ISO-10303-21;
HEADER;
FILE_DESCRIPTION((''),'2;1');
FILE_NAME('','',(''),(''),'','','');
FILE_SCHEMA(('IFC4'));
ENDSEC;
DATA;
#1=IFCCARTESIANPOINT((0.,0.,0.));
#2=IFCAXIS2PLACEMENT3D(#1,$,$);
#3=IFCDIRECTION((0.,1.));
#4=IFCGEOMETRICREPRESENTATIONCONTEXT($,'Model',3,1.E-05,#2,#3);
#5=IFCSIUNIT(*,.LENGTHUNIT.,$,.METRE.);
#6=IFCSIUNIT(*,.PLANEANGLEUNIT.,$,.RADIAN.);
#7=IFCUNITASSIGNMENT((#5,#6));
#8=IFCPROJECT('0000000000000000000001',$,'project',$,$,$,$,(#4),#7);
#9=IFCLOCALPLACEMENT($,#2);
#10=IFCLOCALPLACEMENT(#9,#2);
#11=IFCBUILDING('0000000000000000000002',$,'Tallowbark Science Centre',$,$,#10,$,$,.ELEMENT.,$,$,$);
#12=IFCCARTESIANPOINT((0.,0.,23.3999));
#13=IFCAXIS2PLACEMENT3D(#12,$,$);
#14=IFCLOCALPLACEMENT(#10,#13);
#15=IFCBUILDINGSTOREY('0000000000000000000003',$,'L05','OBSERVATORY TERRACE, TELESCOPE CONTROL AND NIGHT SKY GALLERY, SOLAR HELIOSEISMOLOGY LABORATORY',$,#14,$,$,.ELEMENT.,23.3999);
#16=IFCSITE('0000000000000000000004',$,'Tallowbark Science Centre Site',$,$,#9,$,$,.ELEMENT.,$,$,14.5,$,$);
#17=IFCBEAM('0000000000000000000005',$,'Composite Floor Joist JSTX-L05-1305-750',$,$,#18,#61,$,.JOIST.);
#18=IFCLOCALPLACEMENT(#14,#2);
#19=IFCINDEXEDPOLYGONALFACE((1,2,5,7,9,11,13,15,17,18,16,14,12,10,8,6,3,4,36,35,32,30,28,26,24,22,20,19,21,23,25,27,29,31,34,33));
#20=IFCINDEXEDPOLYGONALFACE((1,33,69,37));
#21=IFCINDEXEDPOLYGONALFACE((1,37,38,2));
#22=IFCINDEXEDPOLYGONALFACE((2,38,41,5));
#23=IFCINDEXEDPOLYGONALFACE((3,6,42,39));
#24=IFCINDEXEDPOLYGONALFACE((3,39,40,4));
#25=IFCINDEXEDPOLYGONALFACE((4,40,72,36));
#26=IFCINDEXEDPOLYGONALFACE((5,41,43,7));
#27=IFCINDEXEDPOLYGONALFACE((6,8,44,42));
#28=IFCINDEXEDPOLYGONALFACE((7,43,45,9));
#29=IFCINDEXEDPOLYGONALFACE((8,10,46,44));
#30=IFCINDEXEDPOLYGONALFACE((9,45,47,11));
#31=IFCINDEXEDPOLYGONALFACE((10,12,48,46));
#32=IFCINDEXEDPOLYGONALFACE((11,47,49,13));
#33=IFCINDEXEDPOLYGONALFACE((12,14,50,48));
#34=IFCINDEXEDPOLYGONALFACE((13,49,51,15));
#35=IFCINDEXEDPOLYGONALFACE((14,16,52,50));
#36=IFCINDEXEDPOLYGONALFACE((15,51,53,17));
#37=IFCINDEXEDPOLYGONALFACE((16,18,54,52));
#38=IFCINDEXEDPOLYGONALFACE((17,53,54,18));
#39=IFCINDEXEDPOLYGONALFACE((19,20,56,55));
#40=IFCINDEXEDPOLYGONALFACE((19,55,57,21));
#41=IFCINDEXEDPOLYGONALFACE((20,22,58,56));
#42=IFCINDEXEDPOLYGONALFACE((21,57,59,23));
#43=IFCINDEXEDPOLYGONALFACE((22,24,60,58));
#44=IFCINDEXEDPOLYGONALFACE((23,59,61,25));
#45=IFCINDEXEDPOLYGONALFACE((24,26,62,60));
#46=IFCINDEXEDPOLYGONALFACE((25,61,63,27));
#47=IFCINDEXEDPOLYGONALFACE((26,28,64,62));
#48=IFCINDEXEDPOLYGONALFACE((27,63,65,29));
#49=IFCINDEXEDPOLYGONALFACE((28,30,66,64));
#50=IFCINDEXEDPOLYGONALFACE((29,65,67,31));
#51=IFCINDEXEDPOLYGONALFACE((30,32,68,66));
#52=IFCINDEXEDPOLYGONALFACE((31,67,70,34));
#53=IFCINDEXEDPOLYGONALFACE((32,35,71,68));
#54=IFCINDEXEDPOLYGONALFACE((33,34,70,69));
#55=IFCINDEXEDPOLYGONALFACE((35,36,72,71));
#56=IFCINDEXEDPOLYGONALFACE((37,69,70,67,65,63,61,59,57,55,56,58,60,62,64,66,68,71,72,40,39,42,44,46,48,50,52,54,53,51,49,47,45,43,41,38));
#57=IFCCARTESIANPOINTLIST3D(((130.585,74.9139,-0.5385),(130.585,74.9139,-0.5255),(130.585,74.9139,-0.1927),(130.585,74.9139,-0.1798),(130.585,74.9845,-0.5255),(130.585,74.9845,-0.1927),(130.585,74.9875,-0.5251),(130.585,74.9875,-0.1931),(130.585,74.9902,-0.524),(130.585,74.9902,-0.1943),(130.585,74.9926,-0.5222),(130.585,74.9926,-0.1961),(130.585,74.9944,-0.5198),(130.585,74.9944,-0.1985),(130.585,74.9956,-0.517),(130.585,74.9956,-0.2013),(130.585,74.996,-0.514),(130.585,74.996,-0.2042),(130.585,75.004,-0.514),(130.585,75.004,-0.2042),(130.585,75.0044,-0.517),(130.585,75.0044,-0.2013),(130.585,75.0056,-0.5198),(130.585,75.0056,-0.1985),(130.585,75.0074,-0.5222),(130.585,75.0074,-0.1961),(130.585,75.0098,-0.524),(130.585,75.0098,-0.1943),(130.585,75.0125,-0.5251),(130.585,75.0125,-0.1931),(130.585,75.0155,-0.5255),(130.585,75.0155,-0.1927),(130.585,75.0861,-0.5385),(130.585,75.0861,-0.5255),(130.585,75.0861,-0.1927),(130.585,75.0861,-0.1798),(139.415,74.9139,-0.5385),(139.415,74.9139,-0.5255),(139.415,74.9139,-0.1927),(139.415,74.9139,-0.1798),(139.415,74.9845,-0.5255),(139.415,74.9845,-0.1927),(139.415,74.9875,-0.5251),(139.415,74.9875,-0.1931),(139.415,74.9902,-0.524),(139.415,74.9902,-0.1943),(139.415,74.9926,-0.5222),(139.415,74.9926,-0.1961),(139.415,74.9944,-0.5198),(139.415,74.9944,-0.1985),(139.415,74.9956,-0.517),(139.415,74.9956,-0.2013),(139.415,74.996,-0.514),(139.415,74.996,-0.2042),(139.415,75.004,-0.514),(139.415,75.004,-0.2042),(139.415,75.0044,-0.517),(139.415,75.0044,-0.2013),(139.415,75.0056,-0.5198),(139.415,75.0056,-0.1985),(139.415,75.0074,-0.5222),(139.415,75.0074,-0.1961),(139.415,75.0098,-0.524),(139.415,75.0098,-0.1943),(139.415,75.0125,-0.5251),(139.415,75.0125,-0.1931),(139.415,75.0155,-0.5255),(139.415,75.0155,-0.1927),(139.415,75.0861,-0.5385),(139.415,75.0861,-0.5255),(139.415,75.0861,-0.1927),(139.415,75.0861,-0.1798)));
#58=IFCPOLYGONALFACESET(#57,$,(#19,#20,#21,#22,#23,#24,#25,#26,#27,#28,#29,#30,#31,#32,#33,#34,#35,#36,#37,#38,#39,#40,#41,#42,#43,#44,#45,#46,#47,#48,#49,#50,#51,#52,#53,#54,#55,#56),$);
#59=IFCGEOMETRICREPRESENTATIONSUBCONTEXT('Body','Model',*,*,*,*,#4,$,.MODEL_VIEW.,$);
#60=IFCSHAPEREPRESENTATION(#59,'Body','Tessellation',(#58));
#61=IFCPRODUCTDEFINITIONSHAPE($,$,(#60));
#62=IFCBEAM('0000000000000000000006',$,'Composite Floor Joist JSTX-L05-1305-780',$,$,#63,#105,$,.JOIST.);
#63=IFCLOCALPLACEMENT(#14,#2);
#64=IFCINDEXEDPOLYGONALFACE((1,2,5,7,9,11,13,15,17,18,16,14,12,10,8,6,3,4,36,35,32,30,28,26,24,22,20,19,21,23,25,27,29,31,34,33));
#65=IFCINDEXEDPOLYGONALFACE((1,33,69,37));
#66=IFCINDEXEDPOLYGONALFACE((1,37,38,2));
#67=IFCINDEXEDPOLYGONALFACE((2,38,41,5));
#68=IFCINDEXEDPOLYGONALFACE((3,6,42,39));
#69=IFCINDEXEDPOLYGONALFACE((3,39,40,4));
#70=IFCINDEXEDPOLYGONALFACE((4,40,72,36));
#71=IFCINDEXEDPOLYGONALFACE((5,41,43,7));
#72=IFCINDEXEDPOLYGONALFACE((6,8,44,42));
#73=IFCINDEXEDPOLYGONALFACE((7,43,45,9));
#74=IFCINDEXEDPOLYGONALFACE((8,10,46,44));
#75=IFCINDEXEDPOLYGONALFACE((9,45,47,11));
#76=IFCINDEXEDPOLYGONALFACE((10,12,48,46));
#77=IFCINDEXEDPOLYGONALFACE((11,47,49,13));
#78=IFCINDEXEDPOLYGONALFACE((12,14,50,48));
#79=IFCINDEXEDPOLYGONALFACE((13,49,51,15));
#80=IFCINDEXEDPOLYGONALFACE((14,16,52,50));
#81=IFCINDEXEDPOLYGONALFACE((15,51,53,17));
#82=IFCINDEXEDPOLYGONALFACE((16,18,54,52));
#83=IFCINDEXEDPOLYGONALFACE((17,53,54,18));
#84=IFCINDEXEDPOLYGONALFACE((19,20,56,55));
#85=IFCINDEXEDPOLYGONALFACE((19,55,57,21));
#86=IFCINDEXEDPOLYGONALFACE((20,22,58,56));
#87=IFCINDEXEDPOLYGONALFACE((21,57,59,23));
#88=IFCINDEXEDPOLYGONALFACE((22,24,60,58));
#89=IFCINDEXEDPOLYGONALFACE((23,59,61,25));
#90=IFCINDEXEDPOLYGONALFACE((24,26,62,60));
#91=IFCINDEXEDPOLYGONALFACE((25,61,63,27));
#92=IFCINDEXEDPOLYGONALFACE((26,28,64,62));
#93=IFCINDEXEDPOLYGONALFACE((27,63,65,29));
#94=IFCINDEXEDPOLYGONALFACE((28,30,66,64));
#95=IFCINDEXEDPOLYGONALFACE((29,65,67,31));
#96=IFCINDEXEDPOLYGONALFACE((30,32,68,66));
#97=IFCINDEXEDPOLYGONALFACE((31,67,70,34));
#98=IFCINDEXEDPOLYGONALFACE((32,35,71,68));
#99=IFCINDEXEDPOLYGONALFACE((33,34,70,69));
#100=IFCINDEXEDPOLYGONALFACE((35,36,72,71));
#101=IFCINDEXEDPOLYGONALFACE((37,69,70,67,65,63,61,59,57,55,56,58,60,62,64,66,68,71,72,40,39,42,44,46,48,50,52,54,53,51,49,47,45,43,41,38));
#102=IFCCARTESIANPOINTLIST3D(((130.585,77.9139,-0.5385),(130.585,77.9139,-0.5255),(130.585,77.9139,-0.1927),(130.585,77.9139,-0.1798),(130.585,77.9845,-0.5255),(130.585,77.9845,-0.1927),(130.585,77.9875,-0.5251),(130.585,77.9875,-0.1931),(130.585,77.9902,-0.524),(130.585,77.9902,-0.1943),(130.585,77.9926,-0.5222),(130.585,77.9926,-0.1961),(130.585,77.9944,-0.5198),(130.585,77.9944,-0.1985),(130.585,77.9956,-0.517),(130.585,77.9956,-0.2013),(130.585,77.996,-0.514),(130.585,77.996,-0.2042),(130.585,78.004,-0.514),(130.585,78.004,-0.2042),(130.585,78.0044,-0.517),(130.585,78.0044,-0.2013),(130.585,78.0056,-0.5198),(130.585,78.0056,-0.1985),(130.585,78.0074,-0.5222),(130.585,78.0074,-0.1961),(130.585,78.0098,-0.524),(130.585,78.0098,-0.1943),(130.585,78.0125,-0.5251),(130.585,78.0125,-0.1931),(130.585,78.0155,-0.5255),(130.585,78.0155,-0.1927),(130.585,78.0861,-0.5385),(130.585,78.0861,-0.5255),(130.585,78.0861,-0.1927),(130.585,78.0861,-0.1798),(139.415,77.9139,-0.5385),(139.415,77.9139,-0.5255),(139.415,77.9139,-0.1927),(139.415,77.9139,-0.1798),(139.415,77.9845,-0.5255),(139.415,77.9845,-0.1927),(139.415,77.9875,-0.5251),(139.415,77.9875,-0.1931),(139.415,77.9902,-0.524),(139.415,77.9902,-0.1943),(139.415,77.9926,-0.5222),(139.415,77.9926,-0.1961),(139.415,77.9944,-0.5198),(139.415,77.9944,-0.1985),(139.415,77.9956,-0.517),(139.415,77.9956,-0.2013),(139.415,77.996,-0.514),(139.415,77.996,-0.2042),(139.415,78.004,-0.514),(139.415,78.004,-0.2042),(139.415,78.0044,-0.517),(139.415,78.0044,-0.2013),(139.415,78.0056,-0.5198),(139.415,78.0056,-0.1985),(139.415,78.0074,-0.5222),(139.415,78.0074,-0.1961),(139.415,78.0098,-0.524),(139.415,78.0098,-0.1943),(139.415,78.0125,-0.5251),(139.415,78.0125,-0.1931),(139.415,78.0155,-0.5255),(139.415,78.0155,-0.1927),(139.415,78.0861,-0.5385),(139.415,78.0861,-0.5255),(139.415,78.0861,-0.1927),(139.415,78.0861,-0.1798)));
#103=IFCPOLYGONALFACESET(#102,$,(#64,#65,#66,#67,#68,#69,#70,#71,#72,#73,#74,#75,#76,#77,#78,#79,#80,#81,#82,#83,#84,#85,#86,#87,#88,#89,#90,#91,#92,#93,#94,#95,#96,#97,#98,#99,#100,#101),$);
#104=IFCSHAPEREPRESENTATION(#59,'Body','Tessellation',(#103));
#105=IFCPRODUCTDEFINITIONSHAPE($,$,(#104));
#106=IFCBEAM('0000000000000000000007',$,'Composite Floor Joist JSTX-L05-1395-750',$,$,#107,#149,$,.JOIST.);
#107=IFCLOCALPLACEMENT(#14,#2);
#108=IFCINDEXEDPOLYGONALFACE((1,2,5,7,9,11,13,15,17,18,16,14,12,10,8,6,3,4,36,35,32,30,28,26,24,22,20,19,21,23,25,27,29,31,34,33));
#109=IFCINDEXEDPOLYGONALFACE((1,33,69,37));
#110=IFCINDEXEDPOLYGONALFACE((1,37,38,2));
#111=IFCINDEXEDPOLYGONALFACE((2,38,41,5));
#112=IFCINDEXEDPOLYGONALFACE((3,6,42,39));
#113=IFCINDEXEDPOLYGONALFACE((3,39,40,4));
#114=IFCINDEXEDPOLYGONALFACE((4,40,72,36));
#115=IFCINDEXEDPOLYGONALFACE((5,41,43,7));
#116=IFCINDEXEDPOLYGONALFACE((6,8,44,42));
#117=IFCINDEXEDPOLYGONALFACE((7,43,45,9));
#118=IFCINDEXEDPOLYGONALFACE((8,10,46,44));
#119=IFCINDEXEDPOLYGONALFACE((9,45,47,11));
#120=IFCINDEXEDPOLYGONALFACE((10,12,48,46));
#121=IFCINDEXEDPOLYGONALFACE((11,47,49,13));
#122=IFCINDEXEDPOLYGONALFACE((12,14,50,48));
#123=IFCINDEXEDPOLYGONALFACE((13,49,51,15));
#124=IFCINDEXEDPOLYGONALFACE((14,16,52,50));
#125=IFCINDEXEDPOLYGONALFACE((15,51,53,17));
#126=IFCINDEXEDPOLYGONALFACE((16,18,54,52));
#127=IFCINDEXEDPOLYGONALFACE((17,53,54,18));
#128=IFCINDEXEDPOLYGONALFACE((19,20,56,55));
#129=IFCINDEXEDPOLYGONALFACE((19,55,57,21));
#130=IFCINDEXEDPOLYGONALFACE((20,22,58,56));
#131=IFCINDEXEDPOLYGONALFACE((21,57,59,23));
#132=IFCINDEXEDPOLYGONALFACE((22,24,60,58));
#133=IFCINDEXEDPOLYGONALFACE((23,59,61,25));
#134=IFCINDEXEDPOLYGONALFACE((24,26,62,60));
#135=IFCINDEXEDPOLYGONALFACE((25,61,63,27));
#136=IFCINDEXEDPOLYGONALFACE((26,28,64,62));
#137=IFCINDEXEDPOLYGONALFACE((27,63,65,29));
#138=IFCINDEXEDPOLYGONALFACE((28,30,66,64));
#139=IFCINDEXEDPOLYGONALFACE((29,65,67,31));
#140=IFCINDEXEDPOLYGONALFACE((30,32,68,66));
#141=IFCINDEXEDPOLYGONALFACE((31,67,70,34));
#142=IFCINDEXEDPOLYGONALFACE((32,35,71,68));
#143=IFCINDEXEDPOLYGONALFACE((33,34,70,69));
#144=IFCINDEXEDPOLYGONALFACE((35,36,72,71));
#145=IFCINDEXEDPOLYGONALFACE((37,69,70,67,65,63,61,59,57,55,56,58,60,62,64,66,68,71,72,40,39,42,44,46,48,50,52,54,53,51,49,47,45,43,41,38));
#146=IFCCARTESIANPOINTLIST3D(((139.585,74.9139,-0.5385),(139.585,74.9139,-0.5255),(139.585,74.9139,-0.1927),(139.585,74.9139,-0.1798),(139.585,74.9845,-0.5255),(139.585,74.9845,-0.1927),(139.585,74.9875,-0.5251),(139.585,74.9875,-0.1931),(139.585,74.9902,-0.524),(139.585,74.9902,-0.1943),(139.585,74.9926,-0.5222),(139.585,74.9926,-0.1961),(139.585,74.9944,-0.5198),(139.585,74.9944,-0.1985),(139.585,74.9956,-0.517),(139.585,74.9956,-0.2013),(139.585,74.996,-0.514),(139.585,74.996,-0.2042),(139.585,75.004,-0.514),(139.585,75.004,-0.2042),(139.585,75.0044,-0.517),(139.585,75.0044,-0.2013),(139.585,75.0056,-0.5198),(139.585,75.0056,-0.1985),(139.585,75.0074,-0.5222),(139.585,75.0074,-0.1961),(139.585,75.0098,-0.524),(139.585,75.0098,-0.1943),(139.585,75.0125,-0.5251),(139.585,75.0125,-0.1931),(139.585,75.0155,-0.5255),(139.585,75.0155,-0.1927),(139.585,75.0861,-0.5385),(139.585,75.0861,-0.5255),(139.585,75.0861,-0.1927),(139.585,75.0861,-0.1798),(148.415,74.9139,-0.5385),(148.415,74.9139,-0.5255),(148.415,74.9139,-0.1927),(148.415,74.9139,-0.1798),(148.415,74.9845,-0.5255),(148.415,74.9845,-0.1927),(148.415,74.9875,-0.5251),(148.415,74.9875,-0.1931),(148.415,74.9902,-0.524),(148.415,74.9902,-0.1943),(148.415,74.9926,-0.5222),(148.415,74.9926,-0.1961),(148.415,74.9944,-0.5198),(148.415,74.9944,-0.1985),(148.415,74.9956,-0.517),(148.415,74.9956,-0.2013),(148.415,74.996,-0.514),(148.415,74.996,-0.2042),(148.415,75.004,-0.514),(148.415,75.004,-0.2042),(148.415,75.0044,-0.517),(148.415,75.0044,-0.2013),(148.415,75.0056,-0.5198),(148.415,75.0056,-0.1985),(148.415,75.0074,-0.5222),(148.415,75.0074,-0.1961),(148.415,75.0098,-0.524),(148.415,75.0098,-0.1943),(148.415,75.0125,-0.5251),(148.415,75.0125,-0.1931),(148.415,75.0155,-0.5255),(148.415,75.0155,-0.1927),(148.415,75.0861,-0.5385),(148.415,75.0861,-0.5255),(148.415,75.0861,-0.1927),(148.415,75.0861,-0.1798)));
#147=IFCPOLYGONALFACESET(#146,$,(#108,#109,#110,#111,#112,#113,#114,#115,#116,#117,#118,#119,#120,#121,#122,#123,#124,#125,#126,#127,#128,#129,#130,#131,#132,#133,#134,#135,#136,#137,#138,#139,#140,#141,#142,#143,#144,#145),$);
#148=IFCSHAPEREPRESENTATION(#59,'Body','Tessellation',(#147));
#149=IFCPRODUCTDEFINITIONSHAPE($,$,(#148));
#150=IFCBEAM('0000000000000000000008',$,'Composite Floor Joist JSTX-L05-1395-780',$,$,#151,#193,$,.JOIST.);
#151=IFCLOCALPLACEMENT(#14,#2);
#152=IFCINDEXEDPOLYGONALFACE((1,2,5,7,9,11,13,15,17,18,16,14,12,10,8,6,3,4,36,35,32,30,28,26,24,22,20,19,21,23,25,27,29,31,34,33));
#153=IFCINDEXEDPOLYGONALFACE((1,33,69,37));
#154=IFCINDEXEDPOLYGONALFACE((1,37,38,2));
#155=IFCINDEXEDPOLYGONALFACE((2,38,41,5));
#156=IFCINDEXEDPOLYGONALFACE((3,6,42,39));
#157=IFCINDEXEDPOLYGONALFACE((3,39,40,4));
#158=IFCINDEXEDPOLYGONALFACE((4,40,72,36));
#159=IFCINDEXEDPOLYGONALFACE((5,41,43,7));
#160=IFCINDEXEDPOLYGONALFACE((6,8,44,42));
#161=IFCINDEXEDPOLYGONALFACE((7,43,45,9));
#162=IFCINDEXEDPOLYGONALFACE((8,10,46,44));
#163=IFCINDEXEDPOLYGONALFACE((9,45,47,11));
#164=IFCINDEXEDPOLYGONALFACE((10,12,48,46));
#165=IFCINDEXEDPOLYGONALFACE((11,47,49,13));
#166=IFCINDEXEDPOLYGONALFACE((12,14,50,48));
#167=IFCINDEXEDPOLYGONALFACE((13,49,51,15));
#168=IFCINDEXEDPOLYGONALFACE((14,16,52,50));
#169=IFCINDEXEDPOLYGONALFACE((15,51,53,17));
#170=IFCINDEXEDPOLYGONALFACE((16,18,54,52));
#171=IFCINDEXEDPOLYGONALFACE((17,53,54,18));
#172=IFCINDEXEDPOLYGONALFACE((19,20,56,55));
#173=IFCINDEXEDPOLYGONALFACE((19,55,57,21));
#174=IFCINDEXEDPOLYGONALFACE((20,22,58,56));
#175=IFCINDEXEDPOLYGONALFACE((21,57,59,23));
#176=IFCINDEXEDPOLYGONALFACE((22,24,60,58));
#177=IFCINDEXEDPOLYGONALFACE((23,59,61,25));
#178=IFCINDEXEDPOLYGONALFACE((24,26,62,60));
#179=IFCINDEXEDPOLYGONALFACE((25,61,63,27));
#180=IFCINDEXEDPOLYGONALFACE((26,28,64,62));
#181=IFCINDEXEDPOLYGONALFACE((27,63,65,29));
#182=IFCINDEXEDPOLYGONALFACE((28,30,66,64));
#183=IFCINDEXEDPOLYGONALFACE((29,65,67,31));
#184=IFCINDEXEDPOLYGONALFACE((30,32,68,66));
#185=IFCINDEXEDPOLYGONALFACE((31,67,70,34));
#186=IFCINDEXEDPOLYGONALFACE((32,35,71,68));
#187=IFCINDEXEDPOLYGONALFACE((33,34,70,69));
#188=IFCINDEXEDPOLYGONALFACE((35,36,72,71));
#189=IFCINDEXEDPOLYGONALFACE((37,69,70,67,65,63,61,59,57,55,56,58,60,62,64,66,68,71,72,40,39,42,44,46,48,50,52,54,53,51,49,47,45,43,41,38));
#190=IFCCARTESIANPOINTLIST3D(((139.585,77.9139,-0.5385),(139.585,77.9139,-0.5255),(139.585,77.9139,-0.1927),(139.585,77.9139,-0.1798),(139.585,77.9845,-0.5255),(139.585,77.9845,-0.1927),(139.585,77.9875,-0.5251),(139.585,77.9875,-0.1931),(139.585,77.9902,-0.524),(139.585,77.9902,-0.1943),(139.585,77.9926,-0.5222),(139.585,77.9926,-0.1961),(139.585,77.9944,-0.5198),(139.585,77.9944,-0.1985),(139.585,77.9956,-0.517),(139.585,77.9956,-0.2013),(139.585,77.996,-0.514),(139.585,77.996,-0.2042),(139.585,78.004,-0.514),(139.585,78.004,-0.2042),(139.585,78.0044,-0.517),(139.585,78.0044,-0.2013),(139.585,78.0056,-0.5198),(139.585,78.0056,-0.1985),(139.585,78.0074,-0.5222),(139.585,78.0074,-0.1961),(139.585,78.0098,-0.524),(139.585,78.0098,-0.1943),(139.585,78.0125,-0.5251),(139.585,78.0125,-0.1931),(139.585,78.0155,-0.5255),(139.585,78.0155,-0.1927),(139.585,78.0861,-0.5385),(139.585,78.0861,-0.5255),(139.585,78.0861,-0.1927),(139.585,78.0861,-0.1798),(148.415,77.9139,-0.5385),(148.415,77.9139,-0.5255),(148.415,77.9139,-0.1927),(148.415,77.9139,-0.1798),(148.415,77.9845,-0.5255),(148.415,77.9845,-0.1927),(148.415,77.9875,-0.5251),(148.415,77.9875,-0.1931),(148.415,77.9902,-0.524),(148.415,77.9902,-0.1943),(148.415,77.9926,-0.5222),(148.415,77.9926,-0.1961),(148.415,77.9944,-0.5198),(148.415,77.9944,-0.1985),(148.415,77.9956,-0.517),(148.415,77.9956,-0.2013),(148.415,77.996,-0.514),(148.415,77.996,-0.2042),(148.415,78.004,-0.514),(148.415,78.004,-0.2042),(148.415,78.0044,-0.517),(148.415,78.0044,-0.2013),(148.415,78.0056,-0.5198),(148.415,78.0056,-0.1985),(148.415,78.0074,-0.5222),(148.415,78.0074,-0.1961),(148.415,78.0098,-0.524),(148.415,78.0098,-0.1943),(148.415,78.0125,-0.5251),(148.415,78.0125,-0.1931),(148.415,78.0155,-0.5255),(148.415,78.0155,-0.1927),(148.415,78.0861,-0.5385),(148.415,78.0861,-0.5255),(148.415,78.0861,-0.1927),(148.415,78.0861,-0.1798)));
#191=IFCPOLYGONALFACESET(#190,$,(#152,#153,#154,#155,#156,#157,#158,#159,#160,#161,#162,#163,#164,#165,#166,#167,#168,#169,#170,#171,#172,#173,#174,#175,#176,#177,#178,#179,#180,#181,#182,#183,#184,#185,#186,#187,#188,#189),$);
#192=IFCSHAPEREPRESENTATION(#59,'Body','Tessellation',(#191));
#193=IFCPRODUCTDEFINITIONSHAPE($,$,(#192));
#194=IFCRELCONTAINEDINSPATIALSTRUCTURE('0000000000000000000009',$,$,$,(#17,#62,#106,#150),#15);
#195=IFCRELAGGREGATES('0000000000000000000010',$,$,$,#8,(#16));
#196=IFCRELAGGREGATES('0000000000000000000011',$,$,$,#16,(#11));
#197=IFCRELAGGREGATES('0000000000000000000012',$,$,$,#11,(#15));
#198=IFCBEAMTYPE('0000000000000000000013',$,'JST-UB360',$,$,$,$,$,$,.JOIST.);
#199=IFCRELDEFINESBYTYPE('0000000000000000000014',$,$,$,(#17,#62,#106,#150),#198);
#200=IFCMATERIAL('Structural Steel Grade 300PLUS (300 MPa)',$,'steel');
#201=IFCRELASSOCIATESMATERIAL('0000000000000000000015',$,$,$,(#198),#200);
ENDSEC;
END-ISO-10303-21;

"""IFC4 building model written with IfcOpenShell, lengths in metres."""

from ifc_helpers import new_model, si_unit, direction, frame, origin, origin_2d, place, context, subcontext, project, spatial, i_section, extrude, material, material_profile, profile_set, type_object, element, save


model = new_model("IFC4")

# Units and contexts
model_context = context("Model", 3, precision=1e-05, world=origin(), true_north=direction((0.0, 1.0)))
body_context = subcontext(model_context, "Body", "Model", "MODEL_VIEW")
ifc_project = project(units=[si_unit("LENGTHUNIT", "METRE"), si_unit("PLANEANGLEUNIT", "RADIAN")], contexts=[model_context])

# Site, building, storey
site_placement = place(None, origin())
site = spatial("IfcSite", under=ifc_project, at=site_placement, Name="Tallowbark Science Centre Site", CompositionType="ELEMENT", RefElevation=14.5)
building_placement = place(site_placement, origin())
building = spatial("IfcBuilding", under=site, at=building_placement, Name="Tallowbark Science Centre", CompositionType="ELEMENT")
storey_placement = place(building_placement, frame((0.0, 0.0, 23.3999)))
storey = spatial("IfcBuildingStorey", under=building, at=storey_placement, Name="L05", Description="OBSERVATORY TERRACE, TELESCOPE CONTROL AND NIGHT SKY GALLERY, SOLAR HELIOSEISMOLOGY LABORATORY", CompositionType="ELEMENT", Elevation=23.3999)

# Shared definitions
ifc_material_1 = material(Name="Structural Steel Grade 300PLUS (300 MPa)", Category="steel")

# Beams
ifc_material_profile_1 = material_profile(ifc_material_1, i_section(OverallWidth=0.1721, OverallDepth=0.3586, WebThickness=0.0081, FlangeThickness=0.0129, FilletRadius=0.0115, at=origin_2d()), Name="360UB56.7")
ifc_profile_set_1 = profile_set([ifc_material_profile_1], Name="Structural Steel Grade 300PLUS (300 MPa)")
beam_type_1 = type_object("IfcBeamType", Name="JST-UB360", PredefinedType="JOIST", material=ifc_profile_set_1)
for number, where, z_axis, x_axis, name in (
    (1, (130.585, 75.0, -0.3591), (1.0, 0.0, 0.0), (0.0, 1.0, 0.0), "Composite Floor Joist JSTX-L05-1305-750"),
    (2, (130.585, 78.0, -0.3591), (1.0, 0.0, 0.0), (0.0, 1.0, 0.0), "Composite Floor Joist JSTX-L05-1305-780"),
    (3, (139.585, 75.0, -0.3591), (1.0, 0.0, 0.0), (0.0, 1.0, 0.0), "Composite Floor Joist JSTX-L05-1395-750"),
    (4, (139.585, 78.0, -0.3591), (1.0, 0.0, 0.0), (0.0, 1.0, 0.0), "Composite Floor Joist JSTX-L05-1395-780"),
):
    element("IfcBeam", number, at=place(storey_placement, frame(where, z_axis=z_axis, x_axis=x_axis)), inside=storey, type_object=beam_type_1, Name=name, PredefinedType="JOIST", context=body_context, shape_type="SweptSolid", body=[
        extrude(i_section(OverallWidth=0.1721, OverallDepth=0.3586, WebThickness=0.0081, FlangeThickness=0.0129, FilletRadius=0.0115, at=origin_2d()), origin(), (0.0, 0.0, 1.0), 8.8301),
    ])

save(model, "model.ifc")
